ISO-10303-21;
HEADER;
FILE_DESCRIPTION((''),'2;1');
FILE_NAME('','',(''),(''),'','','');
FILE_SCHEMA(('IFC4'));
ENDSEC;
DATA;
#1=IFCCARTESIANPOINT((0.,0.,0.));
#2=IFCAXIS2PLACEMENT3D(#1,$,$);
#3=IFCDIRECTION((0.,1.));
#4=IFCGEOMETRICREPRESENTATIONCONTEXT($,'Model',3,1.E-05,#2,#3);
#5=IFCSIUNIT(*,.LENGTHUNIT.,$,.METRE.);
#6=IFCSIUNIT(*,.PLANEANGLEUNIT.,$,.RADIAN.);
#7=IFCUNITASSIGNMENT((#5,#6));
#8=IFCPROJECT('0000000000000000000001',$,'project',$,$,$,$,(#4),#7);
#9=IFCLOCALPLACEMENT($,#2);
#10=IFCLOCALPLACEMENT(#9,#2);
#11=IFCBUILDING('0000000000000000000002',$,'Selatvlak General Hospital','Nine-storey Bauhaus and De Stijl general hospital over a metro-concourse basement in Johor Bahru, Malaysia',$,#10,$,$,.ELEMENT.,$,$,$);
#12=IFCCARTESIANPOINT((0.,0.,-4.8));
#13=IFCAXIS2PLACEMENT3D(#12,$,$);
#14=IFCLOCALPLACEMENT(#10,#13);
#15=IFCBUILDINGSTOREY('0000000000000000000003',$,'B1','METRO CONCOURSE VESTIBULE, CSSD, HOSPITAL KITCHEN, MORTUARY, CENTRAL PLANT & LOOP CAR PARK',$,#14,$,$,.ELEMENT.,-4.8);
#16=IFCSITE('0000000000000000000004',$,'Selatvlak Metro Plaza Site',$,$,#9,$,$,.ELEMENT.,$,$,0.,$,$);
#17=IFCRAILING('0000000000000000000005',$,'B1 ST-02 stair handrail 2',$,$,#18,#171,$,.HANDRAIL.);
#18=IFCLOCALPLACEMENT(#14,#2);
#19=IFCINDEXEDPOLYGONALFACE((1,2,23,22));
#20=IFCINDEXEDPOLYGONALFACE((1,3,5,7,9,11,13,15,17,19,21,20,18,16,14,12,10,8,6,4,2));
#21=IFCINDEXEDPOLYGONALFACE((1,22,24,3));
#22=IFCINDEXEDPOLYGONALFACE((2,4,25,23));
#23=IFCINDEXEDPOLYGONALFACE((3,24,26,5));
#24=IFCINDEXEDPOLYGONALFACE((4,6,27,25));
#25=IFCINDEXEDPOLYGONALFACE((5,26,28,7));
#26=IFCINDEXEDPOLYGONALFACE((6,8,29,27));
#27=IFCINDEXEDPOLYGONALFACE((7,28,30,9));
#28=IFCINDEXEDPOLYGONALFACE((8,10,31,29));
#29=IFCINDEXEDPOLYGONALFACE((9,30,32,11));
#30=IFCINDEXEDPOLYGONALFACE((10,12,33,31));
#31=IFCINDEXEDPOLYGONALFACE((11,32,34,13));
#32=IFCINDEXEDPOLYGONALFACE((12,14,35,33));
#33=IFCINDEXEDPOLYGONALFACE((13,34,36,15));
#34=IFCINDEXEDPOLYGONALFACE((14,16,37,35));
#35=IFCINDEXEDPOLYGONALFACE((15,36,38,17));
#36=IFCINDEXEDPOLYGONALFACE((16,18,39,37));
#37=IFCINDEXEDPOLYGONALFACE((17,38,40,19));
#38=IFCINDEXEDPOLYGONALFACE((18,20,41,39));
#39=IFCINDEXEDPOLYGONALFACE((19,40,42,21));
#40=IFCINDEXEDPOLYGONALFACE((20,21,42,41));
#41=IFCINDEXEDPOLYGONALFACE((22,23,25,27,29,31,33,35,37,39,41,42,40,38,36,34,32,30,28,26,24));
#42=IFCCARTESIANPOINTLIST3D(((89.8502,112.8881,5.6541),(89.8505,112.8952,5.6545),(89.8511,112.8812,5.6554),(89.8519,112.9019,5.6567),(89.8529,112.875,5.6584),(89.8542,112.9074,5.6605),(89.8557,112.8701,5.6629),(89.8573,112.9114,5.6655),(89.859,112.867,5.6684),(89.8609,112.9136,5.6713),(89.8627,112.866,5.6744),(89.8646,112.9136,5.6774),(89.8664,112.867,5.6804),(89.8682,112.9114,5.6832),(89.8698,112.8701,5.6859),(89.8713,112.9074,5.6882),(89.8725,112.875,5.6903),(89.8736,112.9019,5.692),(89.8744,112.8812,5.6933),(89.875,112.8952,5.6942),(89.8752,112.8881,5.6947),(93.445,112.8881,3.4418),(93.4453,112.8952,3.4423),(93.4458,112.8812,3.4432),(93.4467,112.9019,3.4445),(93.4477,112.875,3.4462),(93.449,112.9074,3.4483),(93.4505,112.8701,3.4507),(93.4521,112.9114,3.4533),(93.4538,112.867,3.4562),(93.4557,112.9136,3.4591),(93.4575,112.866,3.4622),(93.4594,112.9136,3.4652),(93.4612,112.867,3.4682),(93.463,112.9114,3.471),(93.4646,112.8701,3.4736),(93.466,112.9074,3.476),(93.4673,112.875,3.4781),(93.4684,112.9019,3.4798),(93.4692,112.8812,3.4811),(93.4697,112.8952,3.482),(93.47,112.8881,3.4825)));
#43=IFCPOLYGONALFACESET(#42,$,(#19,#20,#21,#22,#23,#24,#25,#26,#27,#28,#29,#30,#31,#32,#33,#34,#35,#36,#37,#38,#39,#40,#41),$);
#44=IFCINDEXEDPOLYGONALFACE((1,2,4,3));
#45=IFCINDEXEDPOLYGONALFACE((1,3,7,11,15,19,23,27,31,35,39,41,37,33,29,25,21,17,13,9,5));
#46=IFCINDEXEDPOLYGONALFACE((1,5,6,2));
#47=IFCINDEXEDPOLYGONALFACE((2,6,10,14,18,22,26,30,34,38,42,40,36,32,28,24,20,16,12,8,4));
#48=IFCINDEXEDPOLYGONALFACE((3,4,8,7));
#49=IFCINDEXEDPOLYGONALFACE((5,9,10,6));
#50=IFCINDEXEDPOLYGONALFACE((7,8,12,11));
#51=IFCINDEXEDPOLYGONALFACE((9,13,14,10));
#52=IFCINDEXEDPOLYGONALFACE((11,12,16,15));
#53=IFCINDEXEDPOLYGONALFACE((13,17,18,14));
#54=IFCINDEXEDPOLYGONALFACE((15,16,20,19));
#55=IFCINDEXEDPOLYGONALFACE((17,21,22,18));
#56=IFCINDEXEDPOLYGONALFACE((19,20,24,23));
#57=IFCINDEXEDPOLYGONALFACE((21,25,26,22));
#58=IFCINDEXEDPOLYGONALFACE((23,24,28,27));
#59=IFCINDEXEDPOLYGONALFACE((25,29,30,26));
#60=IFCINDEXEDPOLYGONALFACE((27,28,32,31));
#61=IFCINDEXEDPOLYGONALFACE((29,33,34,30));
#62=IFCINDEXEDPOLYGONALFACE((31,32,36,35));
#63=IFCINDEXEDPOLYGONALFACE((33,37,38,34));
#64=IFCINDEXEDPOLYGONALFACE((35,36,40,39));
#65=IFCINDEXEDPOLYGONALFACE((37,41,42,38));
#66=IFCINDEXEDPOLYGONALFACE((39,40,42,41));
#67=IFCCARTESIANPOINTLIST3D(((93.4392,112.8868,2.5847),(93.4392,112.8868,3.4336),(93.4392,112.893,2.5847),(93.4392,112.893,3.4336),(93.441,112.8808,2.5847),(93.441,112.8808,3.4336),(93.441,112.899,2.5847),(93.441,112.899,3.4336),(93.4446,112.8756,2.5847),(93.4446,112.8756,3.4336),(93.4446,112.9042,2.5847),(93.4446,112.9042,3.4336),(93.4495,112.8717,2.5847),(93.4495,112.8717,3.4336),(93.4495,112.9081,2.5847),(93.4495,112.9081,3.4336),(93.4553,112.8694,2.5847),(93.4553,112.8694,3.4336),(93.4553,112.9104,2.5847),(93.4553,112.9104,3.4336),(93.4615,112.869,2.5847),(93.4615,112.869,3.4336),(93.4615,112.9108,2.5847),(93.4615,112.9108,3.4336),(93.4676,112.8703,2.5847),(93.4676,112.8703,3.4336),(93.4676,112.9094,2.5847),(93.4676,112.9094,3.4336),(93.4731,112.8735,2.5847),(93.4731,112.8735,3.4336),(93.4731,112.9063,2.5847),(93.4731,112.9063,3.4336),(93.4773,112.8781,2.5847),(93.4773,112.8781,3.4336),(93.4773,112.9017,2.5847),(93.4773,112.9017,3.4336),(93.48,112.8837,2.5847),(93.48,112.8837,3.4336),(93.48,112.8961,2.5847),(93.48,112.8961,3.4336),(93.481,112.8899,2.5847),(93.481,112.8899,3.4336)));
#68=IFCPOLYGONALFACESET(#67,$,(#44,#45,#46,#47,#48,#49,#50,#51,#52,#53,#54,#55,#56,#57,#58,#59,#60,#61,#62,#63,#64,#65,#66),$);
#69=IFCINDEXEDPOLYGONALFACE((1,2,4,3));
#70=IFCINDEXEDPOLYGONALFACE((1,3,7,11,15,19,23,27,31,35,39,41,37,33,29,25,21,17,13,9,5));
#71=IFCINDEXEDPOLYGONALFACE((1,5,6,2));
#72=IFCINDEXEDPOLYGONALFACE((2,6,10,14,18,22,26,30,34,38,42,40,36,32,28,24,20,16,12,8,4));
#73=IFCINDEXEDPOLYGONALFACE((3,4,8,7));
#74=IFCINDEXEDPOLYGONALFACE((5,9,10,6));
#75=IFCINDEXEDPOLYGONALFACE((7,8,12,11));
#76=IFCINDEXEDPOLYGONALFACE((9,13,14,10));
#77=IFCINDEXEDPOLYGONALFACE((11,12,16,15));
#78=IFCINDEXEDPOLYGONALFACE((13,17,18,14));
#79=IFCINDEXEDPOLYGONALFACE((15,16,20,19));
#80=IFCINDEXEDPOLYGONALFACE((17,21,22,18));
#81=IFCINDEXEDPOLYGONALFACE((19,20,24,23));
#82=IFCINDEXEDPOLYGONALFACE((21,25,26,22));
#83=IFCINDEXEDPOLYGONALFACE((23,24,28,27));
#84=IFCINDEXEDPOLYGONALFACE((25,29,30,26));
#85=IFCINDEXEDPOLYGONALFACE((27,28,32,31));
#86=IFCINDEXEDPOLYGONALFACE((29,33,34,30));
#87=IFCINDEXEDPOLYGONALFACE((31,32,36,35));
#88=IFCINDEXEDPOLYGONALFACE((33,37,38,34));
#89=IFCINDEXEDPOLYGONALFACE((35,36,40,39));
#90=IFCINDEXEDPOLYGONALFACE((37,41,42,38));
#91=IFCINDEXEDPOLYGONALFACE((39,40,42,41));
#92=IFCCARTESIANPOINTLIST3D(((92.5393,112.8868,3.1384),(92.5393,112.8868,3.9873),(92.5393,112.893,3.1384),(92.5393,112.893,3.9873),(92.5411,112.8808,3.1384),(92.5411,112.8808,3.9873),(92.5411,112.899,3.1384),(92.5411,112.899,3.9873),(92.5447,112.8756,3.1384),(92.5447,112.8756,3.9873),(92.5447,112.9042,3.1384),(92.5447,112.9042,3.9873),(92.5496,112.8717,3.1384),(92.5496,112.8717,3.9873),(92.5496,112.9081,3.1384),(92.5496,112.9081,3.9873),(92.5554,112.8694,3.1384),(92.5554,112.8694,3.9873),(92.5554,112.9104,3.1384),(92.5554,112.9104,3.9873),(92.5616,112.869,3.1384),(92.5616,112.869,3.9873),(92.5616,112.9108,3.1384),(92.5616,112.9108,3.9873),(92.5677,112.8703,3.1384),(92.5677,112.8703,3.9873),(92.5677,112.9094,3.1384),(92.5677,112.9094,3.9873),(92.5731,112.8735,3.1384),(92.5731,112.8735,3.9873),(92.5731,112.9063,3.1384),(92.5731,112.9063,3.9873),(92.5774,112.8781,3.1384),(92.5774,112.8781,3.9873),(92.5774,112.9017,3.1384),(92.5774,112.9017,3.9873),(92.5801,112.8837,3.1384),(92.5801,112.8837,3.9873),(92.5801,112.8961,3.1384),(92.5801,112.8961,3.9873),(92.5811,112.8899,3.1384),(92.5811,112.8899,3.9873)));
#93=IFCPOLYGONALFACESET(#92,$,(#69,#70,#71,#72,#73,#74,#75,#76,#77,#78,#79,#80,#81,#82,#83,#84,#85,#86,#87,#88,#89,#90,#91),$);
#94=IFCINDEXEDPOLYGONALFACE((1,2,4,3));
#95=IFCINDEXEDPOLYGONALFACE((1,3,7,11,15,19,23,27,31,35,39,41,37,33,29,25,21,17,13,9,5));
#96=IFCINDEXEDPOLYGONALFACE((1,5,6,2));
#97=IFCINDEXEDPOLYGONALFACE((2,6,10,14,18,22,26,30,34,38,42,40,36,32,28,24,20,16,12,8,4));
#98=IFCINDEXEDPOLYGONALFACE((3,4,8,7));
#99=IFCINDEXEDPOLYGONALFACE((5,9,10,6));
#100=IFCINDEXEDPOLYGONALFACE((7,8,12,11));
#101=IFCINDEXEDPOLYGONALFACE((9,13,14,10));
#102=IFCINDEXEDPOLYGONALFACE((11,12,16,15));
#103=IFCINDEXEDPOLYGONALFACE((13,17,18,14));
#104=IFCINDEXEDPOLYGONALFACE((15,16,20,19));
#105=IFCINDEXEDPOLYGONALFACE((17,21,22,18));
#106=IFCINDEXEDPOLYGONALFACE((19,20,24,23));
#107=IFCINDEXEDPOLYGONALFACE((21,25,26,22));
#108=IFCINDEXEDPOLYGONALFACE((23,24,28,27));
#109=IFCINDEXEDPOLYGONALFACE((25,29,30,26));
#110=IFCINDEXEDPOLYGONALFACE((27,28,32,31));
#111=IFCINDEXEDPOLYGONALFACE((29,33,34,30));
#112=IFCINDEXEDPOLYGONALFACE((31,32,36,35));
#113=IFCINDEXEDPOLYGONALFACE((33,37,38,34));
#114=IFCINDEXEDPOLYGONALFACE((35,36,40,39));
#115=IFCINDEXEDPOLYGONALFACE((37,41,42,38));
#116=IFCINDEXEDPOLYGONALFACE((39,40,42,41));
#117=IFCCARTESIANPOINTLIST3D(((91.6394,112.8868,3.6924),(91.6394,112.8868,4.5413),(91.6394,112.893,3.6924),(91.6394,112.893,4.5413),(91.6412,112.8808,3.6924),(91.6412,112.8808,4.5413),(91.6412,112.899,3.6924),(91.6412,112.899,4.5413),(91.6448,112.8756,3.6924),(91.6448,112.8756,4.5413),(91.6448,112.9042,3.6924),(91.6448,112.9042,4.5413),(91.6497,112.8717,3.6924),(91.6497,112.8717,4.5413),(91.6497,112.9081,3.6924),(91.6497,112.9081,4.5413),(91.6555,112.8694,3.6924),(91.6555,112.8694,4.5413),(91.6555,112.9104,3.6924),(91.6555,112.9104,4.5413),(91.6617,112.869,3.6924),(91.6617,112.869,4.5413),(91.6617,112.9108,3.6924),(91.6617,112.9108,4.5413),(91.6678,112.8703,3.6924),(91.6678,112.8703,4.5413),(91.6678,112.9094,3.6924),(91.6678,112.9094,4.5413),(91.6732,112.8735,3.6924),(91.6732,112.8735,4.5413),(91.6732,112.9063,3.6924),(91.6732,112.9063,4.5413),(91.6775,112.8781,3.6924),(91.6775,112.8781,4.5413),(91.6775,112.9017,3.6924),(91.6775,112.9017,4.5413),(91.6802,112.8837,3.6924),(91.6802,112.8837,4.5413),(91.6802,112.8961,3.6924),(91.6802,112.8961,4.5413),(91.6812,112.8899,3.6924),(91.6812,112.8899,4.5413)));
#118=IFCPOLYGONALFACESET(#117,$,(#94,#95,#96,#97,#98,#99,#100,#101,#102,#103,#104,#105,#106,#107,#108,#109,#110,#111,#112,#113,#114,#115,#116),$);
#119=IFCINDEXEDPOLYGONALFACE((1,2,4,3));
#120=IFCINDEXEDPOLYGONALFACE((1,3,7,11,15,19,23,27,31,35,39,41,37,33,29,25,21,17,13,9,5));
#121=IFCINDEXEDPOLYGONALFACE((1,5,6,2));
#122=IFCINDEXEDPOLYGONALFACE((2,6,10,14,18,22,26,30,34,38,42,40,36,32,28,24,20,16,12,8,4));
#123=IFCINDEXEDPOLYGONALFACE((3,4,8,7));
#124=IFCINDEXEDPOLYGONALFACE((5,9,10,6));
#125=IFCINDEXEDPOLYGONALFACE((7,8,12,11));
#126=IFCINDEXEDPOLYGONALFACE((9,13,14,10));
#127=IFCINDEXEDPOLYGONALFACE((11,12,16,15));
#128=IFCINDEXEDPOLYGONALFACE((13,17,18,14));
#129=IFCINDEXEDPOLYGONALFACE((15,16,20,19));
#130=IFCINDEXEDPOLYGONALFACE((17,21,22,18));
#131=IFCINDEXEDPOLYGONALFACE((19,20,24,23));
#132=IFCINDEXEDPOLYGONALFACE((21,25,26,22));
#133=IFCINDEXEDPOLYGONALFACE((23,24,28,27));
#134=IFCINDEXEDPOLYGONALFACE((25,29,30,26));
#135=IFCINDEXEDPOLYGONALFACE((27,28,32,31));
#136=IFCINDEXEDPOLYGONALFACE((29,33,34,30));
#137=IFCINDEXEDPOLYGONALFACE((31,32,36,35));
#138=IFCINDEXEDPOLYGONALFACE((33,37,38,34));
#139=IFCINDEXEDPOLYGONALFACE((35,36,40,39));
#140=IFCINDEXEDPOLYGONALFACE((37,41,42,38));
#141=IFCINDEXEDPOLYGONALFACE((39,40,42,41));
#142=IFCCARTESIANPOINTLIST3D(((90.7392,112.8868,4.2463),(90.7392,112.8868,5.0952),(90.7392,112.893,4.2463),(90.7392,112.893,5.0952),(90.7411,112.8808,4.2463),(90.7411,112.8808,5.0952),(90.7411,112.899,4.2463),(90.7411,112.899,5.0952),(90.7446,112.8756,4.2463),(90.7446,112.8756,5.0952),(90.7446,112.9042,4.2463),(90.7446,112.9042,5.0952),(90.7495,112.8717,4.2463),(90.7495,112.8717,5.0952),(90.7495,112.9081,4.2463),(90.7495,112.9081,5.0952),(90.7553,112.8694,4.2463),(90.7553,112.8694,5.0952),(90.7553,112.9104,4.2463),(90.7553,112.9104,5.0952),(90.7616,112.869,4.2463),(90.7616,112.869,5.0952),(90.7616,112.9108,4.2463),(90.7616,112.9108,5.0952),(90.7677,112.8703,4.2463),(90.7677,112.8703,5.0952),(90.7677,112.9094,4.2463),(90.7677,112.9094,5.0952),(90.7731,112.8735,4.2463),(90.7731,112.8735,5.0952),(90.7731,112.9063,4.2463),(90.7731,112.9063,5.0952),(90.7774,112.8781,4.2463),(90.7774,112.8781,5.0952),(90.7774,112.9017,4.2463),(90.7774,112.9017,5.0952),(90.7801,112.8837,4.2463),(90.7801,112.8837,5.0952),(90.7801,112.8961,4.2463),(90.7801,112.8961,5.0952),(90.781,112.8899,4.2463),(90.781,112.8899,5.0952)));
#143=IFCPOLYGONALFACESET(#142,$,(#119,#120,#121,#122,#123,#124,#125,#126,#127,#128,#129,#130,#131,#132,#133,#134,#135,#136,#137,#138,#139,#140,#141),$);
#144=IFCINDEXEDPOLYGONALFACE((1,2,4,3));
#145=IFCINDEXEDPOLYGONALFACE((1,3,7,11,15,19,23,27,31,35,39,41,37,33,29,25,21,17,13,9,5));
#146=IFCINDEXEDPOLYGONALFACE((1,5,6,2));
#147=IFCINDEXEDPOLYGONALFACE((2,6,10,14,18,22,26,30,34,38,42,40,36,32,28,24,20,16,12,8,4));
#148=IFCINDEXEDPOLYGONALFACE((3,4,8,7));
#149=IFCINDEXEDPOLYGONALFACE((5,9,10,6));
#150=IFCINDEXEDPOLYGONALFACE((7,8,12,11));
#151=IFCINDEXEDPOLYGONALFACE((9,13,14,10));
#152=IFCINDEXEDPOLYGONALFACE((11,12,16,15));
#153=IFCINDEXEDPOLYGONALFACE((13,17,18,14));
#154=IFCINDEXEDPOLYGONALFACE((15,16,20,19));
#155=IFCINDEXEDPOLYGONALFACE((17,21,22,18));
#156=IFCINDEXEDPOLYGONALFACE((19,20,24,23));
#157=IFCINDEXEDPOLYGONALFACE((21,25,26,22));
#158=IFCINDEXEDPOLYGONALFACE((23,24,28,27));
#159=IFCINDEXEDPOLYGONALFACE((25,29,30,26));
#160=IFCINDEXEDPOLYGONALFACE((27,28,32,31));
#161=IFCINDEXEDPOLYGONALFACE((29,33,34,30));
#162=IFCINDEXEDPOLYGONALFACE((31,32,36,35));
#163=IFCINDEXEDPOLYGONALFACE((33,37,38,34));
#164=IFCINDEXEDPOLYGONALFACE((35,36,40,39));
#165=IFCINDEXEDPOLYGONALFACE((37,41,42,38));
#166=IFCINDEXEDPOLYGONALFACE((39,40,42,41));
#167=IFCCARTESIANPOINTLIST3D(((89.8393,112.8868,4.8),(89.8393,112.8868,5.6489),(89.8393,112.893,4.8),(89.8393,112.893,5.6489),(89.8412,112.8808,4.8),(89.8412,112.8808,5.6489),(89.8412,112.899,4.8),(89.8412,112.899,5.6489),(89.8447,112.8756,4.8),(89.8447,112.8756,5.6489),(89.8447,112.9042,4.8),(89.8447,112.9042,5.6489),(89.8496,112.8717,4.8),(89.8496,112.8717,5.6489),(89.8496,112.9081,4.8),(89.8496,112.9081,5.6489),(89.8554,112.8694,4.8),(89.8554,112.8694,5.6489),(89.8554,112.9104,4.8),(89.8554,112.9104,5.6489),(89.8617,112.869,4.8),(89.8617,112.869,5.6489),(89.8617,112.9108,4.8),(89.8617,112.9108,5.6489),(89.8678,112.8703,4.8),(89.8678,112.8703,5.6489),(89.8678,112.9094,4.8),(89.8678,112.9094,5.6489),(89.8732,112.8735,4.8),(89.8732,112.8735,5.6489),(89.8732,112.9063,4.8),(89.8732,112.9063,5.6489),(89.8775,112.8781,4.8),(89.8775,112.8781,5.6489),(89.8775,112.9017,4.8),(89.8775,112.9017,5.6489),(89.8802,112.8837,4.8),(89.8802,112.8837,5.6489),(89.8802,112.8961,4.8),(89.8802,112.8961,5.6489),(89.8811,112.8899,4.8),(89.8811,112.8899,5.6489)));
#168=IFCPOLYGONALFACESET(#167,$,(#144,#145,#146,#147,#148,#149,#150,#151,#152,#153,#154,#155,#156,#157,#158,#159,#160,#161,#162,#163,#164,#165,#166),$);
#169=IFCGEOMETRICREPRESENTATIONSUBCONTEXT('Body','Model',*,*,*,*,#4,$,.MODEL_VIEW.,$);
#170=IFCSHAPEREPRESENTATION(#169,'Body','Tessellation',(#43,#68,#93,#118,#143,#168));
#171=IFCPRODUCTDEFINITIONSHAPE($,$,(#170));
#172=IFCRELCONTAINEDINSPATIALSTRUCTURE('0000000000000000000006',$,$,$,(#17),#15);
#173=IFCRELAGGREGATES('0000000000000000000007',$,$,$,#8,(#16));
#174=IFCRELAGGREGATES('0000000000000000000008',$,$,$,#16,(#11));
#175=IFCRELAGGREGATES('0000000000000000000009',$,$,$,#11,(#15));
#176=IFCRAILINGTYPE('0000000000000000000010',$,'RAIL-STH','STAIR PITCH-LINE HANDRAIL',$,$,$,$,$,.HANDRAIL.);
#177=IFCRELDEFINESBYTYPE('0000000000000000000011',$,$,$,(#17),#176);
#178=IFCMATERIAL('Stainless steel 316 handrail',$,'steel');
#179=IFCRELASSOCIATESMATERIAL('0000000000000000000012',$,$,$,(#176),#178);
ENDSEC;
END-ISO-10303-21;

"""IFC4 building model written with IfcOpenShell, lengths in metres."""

from ifc_helpers import new_model, si_unit, direction, frame, origin, origin_2d, place, context, subcontext, project, spatial, circle, extrude, material, type_object, element, save


model = new_model("IFC4")

# Units and contexts
model_context = context("Model", 3, precision=1e-05, world=origin(), true_north=direction((0.0, 1.0)))
body_context = subcontext(model_context, "Body", "Model", "MODEL_VIEW")
ifc_project = project(units=[si_unit("LENGTHUNIT", "METRE"), si_unit("PLANEANGLEUNIT", "RADIAN")], contexts=[model_context])

# Site, building, storey
site_placement = place(None, origin())
site = spatial("IfcSite", under=ifc_project, at=site_placement, Name="Selatvlak Metro Plaza Site", CompositionType="ELEMENT", RefElevation=0.0)
building_placement = place(site_placement, origin())
building = spatial("IfcBuilding", under=site, at=building_placement, Name="Selatvlak General Hospital", Description="Nine-storey Bauhaus and De Stijl general hospital over a metro-concourse basement in Johor Bahru, Malaysia", CompositionType="ELEMENT")
storey_placement = place(building_placement, frame((0.0, 0.0, -4.8)))
storey = spatial("IfcBuildingStorey", under=building, at=storey_placement, Name="B1", Description="METRO CONCOURSE VESTIBULE, CSSD, HOSPITAL KITCHEN, MORTUARY, CENTRAL PLANT & LOOP CAR PARK", CompositionType="ELEMENT", Elevation=-4.8)

# Railing
ifc_material_1 = material(Name="Stainless steel 316 handrail", Category="steel")
railing_type_1 = type_object("IfcRailingType", Name="RAIL-STH", Description="STAIR PITCH-LINE HANDRAIL", PredefinedType="HANDRAIL", material=ifc_material_1)
railing_1_placement = place(storey_placement, frame((93.46, 112.8899, 2.5847)))
element("IfcRailing", 1, at=railing_1_placement, inside=storey, type_object=railing_type_1, Name="B1 ST-02 stair handrail 2", PredefinedType="HANDRAIL", context=body_context, shape_type="SweptSolid", body=[
    extrude(circle(Radius=0.0239, at=origin_2d()), frame((-0.0024, 0.0, 0.8774), z_axis=(-0.851654, 0.0, 0.524104), x_axis=(0.0, -1.0, 0.0)), (0.0, 0.0, 1.0), 4.2209),
    extrude(circle(Radius=0.021, at=origin_2d()), origin(), (0.0, 0.0, 1.0), 0.8489),
    extrude(circle(Radius=0.021, at=origin_2d()), frame((-0.8999, 0.0, 0.5537)), (0.0, 0.0, 1.0), 0.8489),
    extrude(circle(Radius=0.021, at=origin_2d()), frame((-1.7998, 0.0, 1.1077)), (0.0, 0.0, 1.0), 0.8489),
    extrude(circle(Radius=0.021, at=origin_2d()), frame((-2.7, 0.0, 1.6616)), (0.0, 0.0, 1.0), 0.8489),
    extrude(circle(Radius=0.021, at=origin_2d()), frame((-3.5999, 0.0, 2.2153)), (0.0, 0.0, 1.0), 0.8489),
])

save(model, "model.ifc")
